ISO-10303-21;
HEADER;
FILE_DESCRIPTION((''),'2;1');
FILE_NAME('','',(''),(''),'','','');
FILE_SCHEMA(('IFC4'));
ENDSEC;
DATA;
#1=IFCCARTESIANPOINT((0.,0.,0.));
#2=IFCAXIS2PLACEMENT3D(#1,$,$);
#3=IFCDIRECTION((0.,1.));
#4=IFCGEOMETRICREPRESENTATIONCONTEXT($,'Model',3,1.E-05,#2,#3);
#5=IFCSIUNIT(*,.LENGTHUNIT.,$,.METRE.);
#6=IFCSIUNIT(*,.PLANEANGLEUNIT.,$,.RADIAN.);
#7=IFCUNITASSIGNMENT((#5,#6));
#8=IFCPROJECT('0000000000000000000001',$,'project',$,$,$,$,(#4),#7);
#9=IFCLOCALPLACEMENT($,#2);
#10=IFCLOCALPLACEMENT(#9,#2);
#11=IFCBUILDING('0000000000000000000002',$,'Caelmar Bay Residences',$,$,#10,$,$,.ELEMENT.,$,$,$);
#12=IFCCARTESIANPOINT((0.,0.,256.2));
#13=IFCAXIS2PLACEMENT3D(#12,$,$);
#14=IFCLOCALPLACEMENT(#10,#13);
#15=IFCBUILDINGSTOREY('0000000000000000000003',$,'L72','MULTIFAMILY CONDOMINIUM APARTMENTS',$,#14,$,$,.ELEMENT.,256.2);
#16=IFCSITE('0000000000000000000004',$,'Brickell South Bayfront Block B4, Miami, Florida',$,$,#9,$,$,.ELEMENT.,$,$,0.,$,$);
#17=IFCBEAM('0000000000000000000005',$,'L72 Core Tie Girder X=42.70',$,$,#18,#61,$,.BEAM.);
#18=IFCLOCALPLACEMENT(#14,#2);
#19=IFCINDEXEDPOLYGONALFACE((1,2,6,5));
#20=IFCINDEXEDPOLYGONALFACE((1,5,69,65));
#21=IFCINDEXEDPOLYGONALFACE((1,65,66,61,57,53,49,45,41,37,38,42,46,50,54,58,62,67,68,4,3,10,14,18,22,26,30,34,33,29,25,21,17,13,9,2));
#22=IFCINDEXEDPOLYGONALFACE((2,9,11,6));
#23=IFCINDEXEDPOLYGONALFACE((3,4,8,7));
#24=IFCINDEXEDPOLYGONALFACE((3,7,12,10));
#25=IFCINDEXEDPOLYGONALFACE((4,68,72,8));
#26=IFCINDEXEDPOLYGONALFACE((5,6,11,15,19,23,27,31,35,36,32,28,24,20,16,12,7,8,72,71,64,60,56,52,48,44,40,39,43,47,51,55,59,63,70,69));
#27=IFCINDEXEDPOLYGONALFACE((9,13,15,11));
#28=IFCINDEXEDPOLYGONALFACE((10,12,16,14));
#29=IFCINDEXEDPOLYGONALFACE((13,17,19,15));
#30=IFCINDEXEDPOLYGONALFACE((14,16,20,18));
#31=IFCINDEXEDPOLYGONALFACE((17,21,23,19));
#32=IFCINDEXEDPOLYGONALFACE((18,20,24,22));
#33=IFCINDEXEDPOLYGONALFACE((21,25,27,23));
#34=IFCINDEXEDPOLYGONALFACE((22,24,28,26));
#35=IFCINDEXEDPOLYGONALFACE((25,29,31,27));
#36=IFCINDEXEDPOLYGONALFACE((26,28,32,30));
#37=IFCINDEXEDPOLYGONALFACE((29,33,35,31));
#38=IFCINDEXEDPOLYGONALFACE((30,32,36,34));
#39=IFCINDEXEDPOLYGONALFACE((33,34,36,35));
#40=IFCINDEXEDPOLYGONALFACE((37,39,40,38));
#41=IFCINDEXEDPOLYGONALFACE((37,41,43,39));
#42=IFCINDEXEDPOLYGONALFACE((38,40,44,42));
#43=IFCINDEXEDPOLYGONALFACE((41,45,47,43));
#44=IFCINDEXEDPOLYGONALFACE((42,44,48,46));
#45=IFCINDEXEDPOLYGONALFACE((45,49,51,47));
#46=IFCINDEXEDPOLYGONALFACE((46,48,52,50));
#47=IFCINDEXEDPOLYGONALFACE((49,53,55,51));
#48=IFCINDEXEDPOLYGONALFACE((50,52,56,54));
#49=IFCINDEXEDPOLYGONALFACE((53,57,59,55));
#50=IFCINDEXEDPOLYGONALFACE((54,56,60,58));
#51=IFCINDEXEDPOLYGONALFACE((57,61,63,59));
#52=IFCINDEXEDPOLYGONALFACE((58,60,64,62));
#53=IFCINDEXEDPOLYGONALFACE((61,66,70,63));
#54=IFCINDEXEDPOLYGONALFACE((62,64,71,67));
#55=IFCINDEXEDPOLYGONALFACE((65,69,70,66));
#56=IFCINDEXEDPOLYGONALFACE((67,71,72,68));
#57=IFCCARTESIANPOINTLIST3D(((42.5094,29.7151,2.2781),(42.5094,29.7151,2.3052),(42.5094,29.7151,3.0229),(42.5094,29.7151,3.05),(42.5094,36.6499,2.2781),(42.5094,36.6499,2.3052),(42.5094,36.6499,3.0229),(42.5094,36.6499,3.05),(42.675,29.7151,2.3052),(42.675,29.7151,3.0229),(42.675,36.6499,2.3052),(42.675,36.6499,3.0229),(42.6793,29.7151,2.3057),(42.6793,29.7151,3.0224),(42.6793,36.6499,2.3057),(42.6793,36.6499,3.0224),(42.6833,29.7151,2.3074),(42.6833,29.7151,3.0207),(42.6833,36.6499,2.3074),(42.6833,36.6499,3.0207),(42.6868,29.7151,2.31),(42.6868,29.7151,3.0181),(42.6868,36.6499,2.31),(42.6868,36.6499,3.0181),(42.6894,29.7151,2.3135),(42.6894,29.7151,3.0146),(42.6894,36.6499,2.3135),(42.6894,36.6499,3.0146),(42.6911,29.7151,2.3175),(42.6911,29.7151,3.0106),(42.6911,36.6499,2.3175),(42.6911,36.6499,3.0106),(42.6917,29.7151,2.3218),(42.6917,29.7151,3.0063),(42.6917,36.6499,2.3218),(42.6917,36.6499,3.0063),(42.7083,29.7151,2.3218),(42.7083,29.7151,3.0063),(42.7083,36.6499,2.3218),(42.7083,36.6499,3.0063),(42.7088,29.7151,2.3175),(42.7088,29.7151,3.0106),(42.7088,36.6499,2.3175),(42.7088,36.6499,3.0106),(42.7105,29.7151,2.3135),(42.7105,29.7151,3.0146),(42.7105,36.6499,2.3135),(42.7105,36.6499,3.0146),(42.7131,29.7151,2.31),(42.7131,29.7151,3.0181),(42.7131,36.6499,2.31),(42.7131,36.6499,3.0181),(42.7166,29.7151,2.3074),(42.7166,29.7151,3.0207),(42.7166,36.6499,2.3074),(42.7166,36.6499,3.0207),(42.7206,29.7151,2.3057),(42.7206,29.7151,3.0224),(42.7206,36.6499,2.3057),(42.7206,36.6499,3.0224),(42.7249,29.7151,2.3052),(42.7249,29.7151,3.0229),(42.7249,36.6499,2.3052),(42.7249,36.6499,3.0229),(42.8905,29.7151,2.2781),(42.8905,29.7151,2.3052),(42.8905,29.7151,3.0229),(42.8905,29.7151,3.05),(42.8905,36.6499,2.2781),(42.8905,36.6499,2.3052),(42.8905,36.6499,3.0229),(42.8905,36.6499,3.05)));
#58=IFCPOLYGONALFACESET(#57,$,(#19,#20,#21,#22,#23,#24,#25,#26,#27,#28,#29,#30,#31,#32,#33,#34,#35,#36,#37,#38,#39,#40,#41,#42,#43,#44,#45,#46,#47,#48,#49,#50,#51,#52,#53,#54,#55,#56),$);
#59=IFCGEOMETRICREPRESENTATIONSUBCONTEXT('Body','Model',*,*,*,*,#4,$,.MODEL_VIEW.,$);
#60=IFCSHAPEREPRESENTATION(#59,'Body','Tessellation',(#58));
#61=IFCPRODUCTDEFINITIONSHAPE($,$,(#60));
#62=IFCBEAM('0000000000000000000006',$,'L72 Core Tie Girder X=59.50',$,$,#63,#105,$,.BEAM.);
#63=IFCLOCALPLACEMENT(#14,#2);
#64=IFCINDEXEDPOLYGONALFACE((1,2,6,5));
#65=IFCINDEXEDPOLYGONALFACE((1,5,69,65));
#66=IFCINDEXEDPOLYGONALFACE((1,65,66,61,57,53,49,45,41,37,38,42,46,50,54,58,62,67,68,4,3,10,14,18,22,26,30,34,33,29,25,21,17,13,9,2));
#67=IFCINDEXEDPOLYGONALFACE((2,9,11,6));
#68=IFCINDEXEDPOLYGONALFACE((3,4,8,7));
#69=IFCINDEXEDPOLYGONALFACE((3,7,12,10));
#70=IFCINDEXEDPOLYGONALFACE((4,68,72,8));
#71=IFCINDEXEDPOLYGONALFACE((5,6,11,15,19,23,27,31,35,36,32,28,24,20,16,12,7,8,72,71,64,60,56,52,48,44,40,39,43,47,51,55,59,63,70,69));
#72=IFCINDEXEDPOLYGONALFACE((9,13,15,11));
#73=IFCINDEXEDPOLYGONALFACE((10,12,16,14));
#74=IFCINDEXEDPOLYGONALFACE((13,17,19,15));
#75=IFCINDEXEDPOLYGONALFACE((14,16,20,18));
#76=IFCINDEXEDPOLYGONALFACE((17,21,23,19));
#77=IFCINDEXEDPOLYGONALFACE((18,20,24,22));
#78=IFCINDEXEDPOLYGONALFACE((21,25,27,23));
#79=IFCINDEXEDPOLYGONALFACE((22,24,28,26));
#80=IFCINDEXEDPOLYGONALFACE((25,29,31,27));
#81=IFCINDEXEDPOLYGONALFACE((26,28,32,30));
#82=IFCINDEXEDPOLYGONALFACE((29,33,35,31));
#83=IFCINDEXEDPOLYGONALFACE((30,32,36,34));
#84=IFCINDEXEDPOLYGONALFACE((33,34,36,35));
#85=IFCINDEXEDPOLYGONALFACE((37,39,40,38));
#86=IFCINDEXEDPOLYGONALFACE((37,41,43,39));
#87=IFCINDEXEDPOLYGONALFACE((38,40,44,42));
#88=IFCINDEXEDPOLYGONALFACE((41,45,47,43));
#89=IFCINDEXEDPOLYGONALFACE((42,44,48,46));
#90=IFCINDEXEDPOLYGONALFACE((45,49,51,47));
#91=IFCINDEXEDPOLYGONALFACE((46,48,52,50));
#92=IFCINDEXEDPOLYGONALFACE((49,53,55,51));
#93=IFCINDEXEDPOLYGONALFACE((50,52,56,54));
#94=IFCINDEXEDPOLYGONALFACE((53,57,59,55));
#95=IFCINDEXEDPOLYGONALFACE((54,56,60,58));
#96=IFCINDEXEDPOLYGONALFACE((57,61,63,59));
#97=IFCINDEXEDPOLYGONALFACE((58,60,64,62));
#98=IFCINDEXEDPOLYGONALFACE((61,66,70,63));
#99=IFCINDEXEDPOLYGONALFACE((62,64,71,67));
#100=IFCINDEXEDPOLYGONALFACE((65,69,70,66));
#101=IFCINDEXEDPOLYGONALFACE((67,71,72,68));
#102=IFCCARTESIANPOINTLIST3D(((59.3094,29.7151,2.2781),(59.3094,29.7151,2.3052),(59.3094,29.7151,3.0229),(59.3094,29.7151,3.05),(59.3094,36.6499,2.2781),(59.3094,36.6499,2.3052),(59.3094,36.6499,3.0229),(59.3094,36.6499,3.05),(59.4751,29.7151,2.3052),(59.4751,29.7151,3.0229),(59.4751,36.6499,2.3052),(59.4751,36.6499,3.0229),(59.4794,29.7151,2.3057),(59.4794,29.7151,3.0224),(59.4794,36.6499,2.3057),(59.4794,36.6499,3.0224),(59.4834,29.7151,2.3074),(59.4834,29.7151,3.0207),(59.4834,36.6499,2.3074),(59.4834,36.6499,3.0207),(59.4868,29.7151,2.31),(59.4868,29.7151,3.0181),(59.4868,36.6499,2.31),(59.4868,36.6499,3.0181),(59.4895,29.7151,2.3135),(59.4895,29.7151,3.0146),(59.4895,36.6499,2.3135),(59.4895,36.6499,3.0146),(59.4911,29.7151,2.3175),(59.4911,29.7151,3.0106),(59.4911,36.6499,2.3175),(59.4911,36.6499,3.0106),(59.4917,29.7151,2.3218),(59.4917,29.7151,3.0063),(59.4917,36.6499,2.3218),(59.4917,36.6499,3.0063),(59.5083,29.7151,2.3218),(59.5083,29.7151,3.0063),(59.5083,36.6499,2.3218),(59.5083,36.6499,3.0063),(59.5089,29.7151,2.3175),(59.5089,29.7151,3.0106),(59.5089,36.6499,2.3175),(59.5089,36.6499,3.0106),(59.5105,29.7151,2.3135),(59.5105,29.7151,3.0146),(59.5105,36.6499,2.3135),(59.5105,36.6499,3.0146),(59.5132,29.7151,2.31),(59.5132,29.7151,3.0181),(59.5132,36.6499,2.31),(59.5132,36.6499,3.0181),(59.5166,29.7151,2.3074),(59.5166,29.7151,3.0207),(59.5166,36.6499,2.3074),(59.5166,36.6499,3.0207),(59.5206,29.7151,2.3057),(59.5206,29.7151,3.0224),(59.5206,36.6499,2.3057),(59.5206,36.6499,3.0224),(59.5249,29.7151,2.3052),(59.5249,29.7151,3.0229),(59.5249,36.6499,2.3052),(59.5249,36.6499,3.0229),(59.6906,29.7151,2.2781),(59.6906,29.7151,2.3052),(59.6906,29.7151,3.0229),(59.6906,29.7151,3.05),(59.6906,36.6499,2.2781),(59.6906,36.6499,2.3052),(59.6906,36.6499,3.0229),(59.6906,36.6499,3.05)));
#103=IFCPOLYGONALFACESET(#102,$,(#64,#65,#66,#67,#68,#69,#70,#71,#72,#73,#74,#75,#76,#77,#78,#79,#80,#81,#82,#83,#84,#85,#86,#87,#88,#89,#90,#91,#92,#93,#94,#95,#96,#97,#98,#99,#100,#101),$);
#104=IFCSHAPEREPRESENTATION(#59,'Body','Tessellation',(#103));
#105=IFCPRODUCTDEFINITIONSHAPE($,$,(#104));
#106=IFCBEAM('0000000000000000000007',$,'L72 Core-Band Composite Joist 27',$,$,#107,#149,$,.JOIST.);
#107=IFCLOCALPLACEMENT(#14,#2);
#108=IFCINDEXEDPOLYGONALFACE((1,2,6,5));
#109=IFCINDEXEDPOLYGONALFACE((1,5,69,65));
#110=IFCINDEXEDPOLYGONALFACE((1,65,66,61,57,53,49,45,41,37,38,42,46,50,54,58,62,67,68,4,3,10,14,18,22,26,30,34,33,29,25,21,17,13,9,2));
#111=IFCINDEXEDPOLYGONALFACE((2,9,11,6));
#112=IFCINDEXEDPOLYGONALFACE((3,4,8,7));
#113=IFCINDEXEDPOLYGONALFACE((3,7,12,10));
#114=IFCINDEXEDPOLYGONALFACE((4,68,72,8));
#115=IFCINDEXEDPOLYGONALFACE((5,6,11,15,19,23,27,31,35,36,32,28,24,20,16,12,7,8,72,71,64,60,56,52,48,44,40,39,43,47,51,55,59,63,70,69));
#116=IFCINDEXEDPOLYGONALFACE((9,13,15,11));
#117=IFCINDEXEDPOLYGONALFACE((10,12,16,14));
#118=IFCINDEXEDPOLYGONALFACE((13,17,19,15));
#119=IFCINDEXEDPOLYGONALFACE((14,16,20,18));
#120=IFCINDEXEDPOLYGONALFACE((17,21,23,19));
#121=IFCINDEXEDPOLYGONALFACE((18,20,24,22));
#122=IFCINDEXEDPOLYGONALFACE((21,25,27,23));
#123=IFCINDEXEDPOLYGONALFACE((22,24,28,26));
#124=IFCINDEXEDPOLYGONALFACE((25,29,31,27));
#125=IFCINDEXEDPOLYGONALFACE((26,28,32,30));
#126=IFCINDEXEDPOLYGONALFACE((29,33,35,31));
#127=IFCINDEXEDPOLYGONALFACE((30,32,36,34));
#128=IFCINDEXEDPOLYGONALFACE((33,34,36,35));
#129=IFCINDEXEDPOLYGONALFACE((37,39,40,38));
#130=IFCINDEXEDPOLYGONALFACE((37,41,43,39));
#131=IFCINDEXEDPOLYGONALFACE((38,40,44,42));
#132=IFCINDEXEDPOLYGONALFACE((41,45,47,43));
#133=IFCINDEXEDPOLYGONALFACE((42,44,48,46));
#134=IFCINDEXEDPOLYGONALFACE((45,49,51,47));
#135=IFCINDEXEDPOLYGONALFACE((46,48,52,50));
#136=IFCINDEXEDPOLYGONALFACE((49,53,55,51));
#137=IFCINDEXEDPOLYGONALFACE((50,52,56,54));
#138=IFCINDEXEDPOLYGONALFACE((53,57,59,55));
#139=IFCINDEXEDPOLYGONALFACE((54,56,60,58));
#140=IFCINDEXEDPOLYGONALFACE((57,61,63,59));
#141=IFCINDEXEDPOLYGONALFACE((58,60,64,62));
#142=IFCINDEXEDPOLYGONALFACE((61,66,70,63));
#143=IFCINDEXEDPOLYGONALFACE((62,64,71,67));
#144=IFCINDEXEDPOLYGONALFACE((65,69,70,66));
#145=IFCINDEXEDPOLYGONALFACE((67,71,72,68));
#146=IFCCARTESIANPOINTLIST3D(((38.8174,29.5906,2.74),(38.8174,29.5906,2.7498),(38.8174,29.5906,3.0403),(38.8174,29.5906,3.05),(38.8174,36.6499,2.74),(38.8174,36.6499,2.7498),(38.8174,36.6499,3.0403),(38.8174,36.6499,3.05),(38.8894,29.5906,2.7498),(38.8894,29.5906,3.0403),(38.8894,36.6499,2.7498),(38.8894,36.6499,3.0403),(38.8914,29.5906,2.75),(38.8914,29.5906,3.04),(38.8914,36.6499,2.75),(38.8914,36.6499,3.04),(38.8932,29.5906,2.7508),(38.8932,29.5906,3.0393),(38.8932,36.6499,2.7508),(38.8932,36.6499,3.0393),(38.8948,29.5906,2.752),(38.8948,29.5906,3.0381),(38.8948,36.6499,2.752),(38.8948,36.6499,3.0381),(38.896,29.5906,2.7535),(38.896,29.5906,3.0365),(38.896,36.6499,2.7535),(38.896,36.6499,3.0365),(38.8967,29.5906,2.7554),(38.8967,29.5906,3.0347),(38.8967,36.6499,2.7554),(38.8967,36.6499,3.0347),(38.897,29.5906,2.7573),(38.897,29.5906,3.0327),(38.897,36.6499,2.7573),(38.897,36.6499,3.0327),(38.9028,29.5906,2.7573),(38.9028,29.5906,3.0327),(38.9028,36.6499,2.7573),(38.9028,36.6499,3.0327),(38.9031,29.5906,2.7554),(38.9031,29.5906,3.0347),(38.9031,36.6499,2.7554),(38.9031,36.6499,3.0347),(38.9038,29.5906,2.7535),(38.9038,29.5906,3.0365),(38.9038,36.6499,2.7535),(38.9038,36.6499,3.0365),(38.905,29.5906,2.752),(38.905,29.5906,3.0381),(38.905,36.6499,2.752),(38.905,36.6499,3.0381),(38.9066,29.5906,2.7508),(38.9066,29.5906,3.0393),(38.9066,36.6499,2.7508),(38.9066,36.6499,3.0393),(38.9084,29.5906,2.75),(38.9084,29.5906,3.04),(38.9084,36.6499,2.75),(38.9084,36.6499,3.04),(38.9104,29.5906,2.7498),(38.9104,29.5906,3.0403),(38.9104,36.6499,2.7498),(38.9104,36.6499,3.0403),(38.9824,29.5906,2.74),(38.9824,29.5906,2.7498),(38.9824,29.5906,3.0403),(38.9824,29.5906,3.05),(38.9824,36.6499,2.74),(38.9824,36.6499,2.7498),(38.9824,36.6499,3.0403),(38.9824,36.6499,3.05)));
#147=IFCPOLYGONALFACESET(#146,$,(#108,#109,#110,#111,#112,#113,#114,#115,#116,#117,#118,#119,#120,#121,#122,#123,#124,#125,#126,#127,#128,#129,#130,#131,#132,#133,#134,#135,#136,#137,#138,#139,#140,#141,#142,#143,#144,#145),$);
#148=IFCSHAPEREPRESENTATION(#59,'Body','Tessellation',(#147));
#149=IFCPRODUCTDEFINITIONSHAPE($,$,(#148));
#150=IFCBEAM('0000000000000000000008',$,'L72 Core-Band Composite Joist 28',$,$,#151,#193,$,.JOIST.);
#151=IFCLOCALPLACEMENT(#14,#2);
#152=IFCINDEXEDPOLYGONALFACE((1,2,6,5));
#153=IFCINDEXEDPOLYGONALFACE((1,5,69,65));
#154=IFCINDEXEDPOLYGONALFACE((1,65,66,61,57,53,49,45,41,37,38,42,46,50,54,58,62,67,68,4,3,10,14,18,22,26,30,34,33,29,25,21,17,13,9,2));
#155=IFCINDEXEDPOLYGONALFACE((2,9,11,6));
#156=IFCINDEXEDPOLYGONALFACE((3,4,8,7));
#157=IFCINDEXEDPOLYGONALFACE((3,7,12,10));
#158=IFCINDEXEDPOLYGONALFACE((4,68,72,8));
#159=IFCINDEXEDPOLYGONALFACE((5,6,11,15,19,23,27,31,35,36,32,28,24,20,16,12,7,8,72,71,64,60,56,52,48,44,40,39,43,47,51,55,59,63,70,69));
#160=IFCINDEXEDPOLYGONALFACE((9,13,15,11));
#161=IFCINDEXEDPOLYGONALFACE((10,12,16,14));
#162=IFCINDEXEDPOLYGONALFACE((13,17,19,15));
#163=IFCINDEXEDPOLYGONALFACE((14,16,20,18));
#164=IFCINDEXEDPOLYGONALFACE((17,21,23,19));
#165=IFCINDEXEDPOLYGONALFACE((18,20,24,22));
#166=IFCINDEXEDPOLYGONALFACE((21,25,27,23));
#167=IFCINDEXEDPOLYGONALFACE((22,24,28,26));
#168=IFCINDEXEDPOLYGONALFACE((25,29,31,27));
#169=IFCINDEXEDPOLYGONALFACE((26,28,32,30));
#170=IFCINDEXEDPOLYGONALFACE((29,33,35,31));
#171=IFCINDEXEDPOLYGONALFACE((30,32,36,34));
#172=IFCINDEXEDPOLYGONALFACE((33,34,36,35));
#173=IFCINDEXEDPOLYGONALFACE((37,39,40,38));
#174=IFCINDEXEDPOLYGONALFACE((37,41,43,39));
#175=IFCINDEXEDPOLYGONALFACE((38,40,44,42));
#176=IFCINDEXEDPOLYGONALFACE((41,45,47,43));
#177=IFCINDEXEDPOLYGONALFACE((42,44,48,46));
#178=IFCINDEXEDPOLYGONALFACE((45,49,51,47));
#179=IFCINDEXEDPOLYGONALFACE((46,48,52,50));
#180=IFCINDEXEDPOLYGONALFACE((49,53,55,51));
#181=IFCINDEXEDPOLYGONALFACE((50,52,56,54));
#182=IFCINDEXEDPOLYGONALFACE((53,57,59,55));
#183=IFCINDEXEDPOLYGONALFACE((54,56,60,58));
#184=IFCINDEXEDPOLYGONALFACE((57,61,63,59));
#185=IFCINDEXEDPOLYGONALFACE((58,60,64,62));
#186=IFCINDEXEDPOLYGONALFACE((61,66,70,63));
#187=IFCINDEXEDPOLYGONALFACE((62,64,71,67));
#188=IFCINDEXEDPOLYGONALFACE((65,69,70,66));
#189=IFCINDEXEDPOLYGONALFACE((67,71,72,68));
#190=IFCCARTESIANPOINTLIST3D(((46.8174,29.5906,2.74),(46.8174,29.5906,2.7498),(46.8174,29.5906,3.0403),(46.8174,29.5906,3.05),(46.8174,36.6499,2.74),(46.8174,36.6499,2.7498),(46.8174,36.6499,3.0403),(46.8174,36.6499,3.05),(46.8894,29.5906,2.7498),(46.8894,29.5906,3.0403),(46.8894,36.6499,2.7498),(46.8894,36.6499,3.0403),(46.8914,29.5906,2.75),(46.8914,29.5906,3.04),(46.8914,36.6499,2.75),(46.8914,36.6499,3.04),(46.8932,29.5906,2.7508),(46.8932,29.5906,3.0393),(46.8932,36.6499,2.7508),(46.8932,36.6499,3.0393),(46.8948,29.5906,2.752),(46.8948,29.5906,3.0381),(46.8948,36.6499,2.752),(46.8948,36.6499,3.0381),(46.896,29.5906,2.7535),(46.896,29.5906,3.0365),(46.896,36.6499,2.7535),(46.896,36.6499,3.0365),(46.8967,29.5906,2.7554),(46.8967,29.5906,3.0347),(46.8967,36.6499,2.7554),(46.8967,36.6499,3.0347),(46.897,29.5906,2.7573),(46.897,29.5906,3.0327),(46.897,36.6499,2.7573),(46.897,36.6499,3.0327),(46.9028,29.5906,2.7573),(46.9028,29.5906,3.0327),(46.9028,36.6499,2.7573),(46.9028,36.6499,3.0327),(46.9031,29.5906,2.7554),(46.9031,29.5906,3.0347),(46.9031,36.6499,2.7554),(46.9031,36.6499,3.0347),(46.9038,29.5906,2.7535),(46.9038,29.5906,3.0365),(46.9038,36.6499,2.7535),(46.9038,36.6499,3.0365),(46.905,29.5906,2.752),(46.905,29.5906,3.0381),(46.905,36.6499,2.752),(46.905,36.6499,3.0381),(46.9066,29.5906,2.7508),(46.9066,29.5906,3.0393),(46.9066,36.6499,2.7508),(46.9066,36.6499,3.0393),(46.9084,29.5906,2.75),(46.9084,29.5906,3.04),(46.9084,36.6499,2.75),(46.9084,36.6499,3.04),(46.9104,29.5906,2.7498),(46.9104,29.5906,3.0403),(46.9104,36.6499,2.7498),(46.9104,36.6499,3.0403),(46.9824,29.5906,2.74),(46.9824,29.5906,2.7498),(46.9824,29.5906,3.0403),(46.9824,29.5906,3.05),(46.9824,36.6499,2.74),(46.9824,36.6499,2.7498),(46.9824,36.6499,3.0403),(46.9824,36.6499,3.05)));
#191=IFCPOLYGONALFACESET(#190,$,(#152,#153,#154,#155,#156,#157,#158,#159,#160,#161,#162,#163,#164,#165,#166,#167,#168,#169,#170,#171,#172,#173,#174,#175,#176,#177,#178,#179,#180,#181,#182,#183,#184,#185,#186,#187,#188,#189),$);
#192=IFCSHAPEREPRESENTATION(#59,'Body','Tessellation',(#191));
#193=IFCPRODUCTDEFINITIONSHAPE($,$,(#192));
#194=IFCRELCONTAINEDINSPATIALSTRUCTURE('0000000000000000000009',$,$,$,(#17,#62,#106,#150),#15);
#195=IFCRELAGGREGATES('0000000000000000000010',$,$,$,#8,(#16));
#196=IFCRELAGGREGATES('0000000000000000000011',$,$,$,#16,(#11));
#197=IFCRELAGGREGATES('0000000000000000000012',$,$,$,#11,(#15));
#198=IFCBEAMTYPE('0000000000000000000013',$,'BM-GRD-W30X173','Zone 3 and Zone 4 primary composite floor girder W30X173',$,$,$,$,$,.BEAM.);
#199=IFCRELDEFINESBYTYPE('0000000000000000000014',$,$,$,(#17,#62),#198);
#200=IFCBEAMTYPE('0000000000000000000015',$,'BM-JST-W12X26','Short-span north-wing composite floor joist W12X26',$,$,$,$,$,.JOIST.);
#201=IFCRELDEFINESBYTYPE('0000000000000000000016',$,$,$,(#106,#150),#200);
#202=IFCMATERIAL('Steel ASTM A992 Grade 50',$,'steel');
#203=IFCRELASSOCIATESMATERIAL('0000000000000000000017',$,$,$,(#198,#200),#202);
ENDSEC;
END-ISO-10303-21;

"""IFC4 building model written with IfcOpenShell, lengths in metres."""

from ifc_helpers import new_model, si_unit, direction, frame, origin, origin_2d, place, context, subcontext, project, spatial, i_section, extrude, material, material_profile, profile_set, type_object, element, save


model = new_model("IFC4")

# Units and contexts
model_context = context("Model", 3, precision=1e-05, world=origin(), true_north=direction((0.0, 1.0)))
body_context = subcontext(model_context, "Body", "Model", "MODEL_VIEW")
ifc_project = project(units=[si_unit("LENGTHUNIT", "METRE"), si_unit("PLANEANGLEUNIT", "RADIAN")], contexts=[model_context])

# Site, building, storey
site_placement = place(None, origin())
site = spatial("IfcSite", under=ifc_project, at=site_placement, Name="Brickell South Bayfront Block B4, Miami, Florida", CompositionType="ELEMENT", RefElevation=0.0)
building_placement = place(site_placement, origin())
building = spatial("IfcBuilding", under=site, at=building_placement, Name="Caelmar Bay Residences", CompositionType="ELEMENT")
storey_placement = place(building_placement, frame((0.0, 0.0, 256.2)))
storey = spatial("IfcBuildingStorey", under=building, at=storey_placement, Name="L72", Description="MULTIFAMILY CONDOMINIUM APARTMENTS", CompositionType="ELEMENT", Elevation=256.2)

# Beams
ifc_material_1 = material(Name="Steel ASTM A992 Grade 50", Category="steel")
ifc_material_profile_1 = material_profile(ifc_material_1, i_section(OverallWidth=0.3811, OverallDepth=0.772, WebThickness=0.0166, FlangeThickness=0.0271, FilletRadius=0.0166, at=origin_2d()), Name="W30X173")
ifc_profile_set_1 = profile_set([ifc_material_profile_1], Name="Steel ASTM A992 Grade 50")
beam_type_1 = type_object("IfcBeamType", Name="BM-GRD-W30X173", Description="Zone 3 and Zone 4 primary composite floor girder W30X173", PredefinedType="BEAM", material=ifc_profile_set_1)
for number, where, z_axis, x_axis, name in (
    (1, (42.7, 29.7151, 2.6641), (0.0, 1.0, 0.0), (-1.0, 0.0, 0.0), "L72 Core Tie Girder X=42.70"),
    (2, (59.5, 29.7151, 2.6641), (0.0, 1.0, 0.0), (-1.0, 0.0, 0.0), "L72 Core Tie Girder X=59.50"),
):
    element("IfcBeam", number, at=place(storey_placement, frame(where, z_axis=z_axis, x_axis=x_axis)), inside=storey, type_object=beam_type_1, Name=name, PredefinedType="BEAM", context=body_context, shape_type="SweptSolid", body=[
        extrude(i_section(OverallWidth=0.3811, OverallDepth=0.772, WebThickness=0.0166, FlangeThickness=0.0271, FilletRadius=0.0166, at=origin_2d()), origin(), (0.0, 0.0, 1.0), 6.9348),
    ])
ifc_material_profile_2 = material_profile(ifc_material_1, i_section(OverallWidth=0.165, OverallDepth=0.3101, WebThickness=0.0059, FlangeThickness=0.0098, FilletRadius=0.0076, at=origin_2d()), Name="W12X26")
ifc_profile_set_2 = profile_set([ifc_material_profile_2], Name="Steel ASTM A992 Grade 50")
beam_type_2 = type_object("IfcBeamType", Name="BM-JST-W12X26", Description="Short-span north-wing composite floor joist W12X26", PredefinedType="JOIST", material=ifc_profile_set_2)
for number, where, z_axis, x_axis, name in (
    (3, (38.8999, 29.5906, 2.895), (0.0, 1.0, 0.0), (-1.0, 0.0, 0.0), "L72 Core-Band Composite Joist 27"),
    (4, (46.8999, 29.5906, 2.895), (0.0, 1.0, 0.0), (-1.0, 0.0, 0.0), "L72 Core-Band Composite Joist 28"),
):
    element("IfcBeam", number, at=place(storey_placement, frame(where, z_axis=z_axis, x_axis=x_axis)), inside=storey, type_object=beam_type_2, Name=name, PredefinedType="JOIST", context=body_context, shape_type="SweptSolid", body=[
        extrude(i_section(OverallWidth=0.165, OverallDepth=0.3101, WebThickness=0.0059, FlangeThickness=0.0098, FilletRadius=0.0076, at=origin_2d()), origin(), (0.0, 0.0, 1.0), 7.0593),
    ])

save(model, "model.ifc")
